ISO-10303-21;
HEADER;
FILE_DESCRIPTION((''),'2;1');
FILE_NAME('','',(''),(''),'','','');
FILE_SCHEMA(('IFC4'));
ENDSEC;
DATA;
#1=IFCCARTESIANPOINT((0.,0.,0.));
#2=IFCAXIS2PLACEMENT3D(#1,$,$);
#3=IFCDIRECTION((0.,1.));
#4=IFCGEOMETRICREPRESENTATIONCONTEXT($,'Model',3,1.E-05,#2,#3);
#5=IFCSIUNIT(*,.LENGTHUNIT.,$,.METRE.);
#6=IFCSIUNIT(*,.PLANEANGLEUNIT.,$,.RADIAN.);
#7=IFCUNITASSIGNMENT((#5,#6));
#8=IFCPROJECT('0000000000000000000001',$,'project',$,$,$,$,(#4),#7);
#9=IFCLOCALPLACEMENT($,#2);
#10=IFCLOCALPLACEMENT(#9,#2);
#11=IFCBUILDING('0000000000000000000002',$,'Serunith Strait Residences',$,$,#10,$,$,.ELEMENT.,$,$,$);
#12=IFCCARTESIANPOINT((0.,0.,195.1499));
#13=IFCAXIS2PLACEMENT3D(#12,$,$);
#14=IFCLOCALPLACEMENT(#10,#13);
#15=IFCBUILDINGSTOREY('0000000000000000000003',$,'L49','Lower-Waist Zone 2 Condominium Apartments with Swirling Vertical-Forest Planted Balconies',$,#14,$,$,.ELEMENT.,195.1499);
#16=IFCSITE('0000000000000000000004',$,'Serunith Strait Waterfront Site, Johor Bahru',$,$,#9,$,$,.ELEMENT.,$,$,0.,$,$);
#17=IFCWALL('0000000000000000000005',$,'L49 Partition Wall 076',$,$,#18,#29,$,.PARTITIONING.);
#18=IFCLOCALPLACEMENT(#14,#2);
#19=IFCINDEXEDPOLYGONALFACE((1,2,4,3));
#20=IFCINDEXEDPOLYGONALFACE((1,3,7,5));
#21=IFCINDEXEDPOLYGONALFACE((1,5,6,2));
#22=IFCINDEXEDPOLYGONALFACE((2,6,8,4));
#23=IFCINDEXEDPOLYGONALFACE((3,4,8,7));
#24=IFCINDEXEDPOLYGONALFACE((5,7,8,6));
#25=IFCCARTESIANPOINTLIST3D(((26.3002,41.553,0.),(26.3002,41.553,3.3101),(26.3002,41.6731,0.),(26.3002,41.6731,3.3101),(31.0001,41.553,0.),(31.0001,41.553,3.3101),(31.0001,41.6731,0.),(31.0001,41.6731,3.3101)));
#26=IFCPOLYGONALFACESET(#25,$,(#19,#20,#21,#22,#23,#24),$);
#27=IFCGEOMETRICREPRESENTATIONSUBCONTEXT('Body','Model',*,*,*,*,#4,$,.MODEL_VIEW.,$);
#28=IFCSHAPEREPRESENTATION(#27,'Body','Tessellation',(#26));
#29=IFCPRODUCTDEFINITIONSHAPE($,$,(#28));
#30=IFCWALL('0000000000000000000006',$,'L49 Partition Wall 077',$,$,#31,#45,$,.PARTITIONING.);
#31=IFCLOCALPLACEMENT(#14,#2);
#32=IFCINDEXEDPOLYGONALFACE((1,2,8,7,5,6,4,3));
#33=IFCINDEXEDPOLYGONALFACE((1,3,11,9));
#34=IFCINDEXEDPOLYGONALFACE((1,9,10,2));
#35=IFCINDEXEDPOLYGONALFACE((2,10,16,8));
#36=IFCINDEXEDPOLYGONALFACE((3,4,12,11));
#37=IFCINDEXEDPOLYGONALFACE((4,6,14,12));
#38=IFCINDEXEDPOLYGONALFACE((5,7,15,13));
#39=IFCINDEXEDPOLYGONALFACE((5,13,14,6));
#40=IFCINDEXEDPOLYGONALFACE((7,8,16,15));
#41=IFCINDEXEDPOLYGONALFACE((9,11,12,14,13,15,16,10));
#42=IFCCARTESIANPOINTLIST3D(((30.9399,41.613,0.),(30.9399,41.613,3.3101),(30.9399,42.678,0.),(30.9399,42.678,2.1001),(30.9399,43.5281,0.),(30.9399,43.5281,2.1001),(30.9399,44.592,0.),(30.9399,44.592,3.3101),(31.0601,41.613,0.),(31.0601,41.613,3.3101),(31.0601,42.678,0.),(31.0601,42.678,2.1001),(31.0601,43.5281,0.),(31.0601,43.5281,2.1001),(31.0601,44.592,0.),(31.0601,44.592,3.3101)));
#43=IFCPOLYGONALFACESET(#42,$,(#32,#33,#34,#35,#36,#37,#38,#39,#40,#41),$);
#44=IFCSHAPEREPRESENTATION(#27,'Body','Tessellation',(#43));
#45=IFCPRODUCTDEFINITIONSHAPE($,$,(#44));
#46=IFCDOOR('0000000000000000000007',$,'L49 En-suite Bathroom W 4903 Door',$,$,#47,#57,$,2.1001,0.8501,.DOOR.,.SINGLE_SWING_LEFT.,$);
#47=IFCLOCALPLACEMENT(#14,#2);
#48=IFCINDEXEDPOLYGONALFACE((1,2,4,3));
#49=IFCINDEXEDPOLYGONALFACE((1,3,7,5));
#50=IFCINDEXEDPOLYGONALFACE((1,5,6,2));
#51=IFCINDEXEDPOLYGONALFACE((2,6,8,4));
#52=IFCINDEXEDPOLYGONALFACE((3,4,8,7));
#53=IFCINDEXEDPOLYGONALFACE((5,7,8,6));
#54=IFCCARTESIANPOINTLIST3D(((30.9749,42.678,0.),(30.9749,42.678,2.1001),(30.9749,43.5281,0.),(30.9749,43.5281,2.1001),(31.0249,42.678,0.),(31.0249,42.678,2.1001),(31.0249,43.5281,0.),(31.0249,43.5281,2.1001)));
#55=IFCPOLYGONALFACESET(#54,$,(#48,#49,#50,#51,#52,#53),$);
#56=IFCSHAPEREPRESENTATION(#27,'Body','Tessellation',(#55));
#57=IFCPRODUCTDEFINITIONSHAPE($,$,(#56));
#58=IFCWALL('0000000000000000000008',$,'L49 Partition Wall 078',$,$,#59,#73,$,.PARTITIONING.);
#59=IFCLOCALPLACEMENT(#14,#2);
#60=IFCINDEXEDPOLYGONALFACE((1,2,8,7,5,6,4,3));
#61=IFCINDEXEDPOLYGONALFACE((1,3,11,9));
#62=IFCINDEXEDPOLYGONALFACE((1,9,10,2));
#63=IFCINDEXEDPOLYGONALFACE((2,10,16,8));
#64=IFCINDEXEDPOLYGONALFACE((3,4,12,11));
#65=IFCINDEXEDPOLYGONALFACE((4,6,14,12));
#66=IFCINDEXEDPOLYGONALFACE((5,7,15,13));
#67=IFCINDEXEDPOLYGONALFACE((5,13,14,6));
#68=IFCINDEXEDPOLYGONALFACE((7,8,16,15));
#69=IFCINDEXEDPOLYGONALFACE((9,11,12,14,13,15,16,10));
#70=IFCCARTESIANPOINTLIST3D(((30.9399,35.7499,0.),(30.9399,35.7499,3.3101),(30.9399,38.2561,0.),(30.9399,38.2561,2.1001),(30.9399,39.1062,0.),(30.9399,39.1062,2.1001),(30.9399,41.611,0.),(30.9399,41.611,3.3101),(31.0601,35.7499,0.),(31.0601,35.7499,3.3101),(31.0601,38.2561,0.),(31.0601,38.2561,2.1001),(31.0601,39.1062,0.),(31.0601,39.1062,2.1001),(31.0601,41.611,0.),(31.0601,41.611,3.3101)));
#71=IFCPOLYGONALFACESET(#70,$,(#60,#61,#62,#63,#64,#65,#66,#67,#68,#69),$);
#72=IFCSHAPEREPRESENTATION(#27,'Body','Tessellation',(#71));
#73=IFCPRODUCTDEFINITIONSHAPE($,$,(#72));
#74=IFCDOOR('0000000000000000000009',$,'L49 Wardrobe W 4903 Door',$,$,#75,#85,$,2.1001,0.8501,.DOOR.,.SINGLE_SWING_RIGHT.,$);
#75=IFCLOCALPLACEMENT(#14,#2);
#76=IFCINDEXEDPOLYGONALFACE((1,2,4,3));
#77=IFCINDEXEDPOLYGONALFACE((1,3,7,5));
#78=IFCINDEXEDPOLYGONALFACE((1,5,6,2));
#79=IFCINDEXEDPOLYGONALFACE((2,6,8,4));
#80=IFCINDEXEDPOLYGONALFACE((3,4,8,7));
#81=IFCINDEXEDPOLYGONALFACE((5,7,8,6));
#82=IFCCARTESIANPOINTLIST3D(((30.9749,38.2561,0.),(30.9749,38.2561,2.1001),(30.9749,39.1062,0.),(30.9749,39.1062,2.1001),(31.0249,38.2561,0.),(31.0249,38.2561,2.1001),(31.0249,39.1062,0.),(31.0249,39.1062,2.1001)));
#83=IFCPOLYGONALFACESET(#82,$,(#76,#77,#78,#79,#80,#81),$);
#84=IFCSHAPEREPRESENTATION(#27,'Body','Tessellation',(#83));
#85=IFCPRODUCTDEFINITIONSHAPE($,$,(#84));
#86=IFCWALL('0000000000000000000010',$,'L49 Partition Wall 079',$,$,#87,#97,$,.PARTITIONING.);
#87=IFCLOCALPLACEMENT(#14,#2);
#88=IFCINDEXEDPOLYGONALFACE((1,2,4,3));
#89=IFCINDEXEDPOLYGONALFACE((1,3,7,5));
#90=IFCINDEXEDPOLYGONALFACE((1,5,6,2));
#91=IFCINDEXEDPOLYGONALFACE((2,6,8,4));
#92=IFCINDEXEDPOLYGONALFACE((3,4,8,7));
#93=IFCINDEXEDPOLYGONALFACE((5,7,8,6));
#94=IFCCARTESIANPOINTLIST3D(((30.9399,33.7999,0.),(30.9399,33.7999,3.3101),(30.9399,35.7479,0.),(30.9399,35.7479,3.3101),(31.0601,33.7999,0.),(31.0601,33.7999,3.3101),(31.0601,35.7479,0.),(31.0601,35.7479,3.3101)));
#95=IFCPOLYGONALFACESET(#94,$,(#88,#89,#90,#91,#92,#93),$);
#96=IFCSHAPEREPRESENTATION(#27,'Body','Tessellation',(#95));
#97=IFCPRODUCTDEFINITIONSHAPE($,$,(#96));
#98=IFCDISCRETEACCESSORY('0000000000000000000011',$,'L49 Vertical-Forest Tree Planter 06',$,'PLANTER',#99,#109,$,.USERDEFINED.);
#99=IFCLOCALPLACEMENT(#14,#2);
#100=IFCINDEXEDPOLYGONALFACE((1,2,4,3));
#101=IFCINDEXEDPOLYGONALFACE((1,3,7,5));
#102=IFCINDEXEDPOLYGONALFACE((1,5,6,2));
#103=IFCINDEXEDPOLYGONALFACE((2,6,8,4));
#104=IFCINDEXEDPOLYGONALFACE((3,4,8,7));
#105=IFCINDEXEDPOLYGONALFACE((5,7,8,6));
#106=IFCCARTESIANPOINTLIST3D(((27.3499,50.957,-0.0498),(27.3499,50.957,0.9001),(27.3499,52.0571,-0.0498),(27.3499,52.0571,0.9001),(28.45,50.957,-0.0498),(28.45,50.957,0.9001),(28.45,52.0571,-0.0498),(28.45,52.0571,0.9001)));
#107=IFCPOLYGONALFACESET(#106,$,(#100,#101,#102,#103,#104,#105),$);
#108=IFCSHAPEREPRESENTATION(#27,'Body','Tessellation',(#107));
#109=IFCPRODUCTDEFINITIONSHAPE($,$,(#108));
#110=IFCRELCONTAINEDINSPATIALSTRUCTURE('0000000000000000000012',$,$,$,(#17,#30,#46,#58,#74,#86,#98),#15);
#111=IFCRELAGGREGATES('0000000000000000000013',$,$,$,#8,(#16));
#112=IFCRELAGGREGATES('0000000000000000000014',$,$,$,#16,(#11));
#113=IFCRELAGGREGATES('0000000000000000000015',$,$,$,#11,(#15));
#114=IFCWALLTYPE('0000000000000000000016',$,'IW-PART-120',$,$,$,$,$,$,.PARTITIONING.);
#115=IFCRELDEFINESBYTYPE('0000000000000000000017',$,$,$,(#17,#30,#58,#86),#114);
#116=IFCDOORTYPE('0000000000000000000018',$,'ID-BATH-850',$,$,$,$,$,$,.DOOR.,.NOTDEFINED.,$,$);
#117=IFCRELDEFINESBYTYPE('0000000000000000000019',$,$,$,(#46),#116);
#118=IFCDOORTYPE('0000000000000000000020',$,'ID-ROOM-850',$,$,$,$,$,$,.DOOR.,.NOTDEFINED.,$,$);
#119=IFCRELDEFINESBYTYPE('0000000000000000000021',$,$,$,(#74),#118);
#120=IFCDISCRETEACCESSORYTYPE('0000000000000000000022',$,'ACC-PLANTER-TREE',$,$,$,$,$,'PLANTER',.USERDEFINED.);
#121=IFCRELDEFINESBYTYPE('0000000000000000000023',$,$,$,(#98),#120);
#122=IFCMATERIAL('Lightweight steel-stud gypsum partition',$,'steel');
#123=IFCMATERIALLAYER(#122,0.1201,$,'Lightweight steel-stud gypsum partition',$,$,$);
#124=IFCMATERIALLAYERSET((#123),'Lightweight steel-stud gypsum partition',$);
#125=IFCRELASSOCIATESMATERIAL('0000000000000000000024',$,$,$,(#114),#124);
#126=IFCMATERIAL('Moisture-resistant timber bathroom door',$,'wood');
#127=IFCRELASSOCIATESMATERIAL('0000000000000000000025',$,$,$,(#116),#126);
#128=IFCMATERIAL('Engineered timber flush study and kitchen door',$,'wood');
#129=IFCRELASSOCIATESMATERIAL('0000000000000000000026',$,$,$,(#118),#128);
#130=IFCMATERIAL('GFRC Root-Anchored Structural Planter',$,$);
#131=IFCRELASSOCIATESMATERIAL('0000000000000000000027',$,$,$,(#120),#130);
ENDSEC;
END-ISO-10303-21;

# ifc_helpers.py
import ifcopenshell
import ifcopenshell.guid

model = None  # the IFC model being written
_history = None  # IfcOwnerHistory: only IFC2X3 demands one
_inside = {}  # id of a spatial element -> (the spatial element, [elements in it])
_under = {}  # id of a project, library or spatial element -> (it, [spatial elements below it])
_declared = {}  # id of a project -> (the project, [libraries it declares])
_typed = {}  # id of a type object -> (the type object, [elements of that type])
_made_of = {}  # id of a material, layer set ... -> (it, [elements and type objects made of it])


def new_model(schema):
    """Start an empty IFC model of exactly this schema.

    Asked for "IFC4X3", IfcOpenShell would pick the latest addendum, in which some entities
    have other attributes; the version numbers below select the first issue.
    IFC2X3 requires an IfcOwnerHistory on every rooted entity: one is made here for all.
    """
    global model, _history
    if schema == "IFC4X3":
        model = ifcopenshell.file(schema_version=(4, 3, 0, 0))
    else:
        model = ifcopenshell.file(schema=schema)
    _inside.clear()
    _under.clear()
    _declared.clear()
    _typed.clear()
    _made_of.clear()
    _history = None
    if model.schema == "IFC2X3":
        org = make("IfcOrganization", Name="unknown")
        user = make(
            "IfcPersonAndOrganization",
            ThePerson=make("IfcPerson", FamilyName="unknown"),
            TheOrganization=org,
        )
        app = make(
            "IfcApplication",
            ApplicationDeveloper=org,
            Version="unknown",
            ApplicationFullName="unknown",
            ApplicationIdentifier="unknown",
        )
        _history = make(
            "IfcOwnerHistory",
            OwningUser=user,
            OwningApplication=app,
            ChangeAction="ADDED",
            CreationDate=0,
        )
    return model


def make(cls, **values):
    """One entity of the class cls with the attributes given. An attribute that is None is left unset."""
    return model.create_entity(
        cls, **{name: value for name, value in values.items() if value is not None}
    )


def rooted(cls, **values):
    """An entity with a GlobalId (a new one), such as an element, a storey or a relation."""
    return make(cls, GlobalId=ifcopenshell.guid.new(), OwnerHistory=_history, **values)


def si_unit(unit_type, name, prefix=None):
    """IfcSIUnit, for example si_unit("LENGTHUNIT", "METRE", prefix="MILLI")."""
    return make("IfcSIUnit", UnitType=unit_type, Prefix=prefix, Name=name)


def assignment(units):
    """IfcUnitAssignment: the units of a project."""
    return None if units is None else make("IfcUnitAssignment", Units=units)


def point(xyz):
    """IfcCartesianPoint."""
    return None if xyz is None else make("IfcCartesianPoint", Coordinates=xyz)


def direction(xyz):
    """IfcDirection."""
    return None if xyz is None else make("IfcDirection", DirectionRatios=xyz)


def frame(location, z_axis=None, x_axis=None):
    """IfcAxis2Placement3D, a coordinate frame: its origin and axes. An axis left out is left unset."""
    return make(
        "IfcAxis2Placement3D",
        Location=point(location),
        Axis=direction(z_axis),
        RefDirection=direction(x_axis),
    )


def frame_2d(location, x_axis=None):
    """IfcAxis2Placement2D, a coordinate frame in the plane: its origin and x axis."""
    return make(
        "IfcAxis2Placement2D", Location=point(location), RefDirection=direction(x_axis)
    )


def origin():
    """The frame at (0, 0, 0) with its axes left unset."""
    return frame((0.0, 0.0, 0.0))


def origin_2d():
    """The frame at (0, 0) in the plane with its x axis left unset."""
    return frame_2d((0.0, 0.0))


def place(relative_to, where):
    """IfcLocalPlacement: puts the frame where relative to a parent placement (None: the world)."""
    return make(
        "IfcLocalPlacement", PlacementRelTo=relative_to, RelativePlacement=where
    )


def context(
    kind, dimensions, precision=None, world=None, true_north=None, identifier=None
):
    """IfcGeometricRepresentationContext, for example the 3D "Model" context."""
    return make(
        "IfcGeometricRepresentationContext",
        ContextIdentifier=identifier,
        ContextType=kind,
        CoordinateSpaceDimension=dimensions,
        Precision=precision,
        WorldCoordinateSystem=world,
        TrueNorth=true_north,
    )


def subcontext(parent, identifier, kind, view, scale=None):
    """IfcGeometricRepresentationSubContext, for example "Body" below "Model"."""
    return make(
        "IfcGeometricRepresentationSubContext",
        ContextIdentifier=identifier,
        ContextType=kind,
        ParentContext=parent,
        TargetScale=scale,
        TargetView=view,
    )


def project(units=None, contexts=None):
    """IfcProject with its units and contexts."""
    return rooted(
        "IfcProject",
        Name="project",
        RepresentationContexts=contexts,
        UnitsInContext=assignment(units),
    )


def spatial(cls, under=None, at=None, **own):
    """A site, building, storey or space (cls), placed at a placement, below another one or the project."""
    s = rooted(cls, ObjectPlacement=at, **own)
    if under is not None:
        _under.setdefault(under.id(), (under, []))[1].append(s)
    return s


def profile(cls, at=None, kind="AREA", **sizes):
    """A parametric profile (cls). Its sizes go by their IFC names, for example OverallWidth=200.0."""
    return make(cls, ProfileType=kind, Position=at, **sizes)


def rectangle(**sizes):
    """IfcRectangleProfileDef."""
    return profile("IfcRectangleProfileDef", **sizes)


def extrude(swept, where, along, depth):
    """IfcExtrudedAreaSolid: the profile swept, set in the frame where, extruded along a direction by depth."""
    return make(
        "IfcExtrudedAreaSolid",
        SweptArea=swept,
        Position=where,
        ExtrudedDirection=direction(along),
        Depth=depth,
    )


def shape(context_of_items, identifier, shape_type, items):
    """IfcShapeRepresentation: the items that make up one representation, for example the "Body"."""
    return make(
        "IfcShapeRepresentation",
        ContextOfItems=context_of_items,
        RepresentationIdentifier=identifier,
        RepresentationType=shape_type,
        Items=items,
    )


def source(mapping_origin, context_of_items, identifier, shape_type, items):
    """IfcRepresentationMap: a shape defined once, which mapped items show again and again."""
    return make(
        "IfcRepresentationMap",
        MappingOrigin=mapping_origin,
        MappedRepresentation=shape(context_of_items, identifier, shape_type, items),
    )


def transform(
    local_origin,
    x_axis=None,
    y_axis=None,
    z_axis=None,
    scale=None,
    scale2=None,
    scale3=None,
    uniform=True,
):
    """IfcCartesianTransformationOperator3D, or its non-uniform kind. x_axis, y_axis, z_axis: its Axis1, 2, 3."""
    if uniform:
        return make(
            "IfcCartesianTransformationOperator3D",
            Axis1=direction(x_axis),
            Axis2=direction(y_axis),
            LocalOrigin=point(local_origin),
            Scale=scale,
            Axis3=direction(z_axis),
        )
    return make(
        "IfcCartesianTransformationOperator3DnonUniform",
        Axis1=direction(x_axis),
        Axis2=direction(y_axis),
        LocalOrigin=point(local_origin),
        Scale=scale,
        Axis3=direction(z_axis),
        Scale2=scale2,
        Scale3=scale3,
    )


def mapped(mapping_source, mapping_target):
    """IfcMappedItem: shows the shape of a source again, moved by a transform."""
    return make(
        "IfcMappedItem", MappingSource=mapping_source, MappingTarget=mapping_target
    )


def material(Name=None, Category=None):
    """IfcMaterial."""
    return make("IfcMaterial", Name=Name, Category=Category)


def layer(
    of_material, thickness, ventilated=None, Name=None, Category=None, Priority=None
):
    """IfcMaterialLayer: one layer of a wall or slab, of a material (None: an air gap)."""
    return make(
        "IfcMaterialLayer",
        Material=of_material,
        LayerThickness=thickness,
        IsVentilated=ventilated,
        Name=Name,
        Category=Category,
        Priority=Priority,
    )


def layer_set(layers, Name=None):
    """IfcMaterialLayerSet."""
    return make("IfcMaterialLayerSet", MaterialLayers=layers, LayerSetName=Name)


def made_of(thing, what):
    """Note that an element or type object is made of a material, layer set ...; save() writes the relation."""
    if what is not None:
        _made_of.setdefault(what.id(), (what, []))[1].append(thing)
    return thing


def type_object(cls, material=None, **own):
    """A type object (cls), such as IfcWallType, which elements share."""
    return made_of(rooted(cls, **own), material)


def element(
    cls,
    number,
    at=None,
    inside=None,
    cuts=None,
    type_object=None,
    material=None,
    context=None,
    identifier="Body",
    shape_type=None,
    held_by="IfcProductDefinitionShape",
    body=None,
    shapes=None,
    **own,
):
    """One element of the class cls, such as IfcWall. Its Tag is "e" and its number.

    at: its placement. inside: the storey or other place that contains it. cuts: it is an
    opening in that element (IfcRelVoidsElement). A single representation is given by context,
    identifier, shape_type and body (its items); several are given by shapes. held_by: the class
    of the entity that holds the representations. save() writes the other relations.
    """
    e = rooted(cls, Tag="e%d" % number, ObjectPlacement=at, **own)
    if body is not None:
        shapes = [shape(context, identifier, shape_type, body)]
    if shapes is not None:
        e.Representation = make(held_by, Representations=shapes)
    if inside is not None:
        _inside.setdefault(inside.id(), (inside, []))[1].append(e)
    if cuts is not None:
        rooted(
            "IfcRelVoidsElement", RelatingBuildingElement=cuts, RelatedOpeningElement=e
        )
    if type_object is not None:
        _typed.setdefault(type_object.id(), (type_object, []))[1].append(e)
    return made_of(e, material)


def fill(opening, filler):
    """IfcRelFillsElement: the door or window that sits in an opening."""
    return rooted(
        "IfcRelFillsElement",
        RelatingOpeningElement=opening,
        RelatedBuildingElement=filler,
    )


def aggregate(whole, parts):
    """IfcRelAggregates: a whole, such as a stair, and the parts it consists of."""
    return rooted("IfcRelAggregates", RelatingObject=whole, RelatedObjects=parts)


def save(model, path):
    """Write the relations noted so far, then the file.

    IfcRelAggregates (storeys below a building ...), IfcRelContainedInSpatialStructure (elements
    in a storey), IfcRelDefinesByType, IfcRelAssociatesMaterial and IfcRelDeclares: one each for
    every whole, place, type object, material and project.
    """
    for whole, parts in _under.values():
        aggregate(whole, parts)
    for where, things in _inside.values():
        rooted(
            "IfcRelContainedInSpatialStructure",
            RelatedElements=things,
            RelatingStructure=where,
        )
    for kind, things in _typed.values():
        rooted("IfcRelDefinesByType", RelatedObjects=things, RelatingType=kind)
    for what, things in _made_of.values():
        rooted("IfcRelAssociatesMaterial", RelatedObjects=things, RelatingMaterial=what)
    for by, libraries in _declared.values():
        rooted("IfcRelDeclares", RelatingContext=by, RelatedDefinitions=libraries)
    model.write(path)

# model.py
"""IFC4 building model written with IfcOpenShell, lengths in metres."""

from ifc_helpers import new_model, si_unit, direction, frame, frame_2d, origin, origin_2d, place, context, subcontext, project, spatial, rectangle, extrude, source, transform, mapped, material, layer, layer_set, type_object, element, fill, save


model = new_model("IFC4")

# Units and contexts
model_context = context("Model", 3, precision=1e-05, world=origin(), true_north=direction((0.0, 1.0)))
body_context = subcontext(model_context, "Body", "Model", "MODEL_VIEW")
ifc_project = project(units=[si_unit("LENGTHUNIT", "METRE"), si_unit("PLANEANGLEUNIT", "RADIAN")], contexts=[model_context])

# Site, building, storey
site_placement = place(None, origin())
site = spatial("IfcSite", under=ifc_project, at=site_placement, Name="Serunith Strait Waterfront Site, Johor Bahru", CompositionType="ELEMENT", RefElevation=0.0)
building_placement = place(site_placement, origin())
building = spatial("IfcBuilding", under=site, at=building_placement, Name="Serunith Strait Residences", CompositionType="ELEMENT")
storey_placement = place(building_placement, frame((0.0, 0.0, 195.1499)))
storey = spatial("IfcBuildingStorey", under=building, at=storey_placement, Name="L49", Description="Lower-Waist Zone 2 Condominium Apartments with Swirling Vertical-Forest Planted Balconies", CompositionType="ELEMENT", Elevation=195.1499)

# Shared definitions
ifc_material_1 = material(Name="Lightweight steel-stud gypsum partition", Category="steel")
ifc_layer_1 = layer(ifc_material_1, 0.1201, Name="Lightweight steel-stud gypsum partition")
ifc_layer_set_1 = layer_set([ifc_layer_1], Name="Lightweight steel-stud gypsum partition")
wall_type_1 = type_object("IfcWallType", Name="IW-PART-120", PredefinedType="PARTITIONING", material=ifc_layer_set_1)

# Wall
wall_1_placement = place(storey_placement, frame((26.3, 41.613, 0.0), z_axis=(0.0, 0.0, 1.0), x_axis=(1.0, 0.0, 0.0)))
element("IfcWall", 1, at=wall_1_placement, inside=storey, type_object=wall_type_1, Name="L49 Partition Wall 076", PredefinedType="PARTITIONING", context=body_context, shape_type="SweptSolid", body=[
    extrude(rectangle(XDim=4.7, YDim=0.1201, at=frame_2d((2.3501, 0.0))), origin(), (0.0, 0.0, 1.0), 3.3101),
])

# Walls, openings, doors
wall_2_placement = place(storey_placement, frame((31.0, 44.592, 0.0), z_axis=(0.0, 0.0, 1.0), x_axis=(0.0, -1.0, 0.0)))
wall_2 = element("IfcWall", 2, at=wall_2_placement, inside=storey, type_object=wall_type_1, Name="L49 Partition Wall 077", PredefinedType="PARTITIONING", context=body_context, shape_type="SweptSolid", body=[
    extrude(rectangle(XDim=2.979, YDim=0.1201, at=frame_2d((1.4895, 0.0))), origin(), (0.0, 0.0, 1.0), 3.3101),
])
opening_1_placement = place(wall_2_placement, frame((1.064, 0.0, 0.0)))
opening_1 = element("IfcOpeningElement", 3, at=opening_1_placement, cuts=wall_2, PredefinedType="OPENING", context=body_context, shape_type="SweptSolid", body=[
    extrude(rectangle(XDim=0.8501, YDim=2.1001, at=frame_2d((0.425, 1.05))), frame((0.0, 0.0701, 0.0), z_axis=(0.0, -1.0, 0.0), x_axis=(1.0, 0.0, 0.0)), (0.0, 0.0, 1.0), 0.1401),
])
ifc_material_2 = material(Name="Moisture-resistant timber bathroom door", Category="wood")
door_type_1 = type_object("IfcDoorType", Name="ID-BATH-850", OperationType="NOTDEFINED", PredefinedType="DOOR", material=ifc_material_2)
shared_shape_1 = source(origin(), body_context, "Body", "SweptSolid", [
    extrude(rectangle(XDim=0.8501, YDim=2.1001, at=frame_2d((0.425, 1.05))), frame((0.0, 0.0249, 0.0), z_axis=(0.0, -1.0, 0.0), x_axis=(1.0, 0.0, 0.0)), (0.0, 0.0, 1.0), 0.05),
])
door_1_placement = place(opening_1_placement, origin())
door_1 = element("IfcDoor", 4, at=door_1_placement, inside=storey, type_object=door_type_1, Name="L49 En-suite Bathroom W 4903 Door", OperationType="SINGLE_SWING_LEFT", OverallHeight=2.1001, OverallWidth=0.8501, PredefinedType="DOOR", context=body_context, shape_type="MappedRepresentation", body=[
    mapped(shared_shape_1, transform((0.0, 0.0, 0.0), scale=1.0)),
])
fill(opening_1, door_1)
wall_3_placement = place(storey_placement, frame((31.0, 41.6111, 0.0), z_axis=(0.0, 0.0, 1.0), x_axis=(0.0, -1.0, 0.0)))
wall_3 = element("IfcWall", 5, at=wall_3_placement, inside=storey, type_object=wall_type_1, Name="L49 Partition Wall 078", PredefinedType="PARTITIONING", context=body_context, shape_type="SweptSolid", body=[
    extrude(rectangle(XDim=5.8611, YDim=0.1201, at=frame_2d((2.9307, 0.0))), origin(), (0.0, 0.0, 1.0), 3.3101),
])
opening_2_placement = place(wall_3_placement, frame((2.5049, 0.0, 0.0)))
opening_2 = element("IfcOpeningElement", 6, at=opening_2_placement, cuts=wall_3, PredefinedType="OPENING", context=body_context, shape_type="SweptSolid", body=[
    extrude(rectangle(XDim=0.8501, YDim=2.1001, at=frame_2d((0.425, 1.05))), frame((0.0, 0.0701, 0.0), z_axis=(0.0, -1.0, 0.0), x_axis=(1.0, 0.0, 0.0)), (0.0, 0.0, 1.0), 0.1401),
])
ifc_material_3 = material(Name="Engineered timber flush study and kitchen door", Category="wood")
door_type_2 = type_object("IfcDoorType", Name="ID-ROOM-850", OperationType="NOTDEFINED", PredefinedType="DOOR", material=ifc_material_3)
door_2_placement = place(opening_2_placement, origin())
door_2 = element("IfcDoor", 7, at=door_2_placement, inside=storey, type_object=door_type_2, Name="L49 Wardrobe W 4903 Door", OperationType="SINGLE_SWING_RIGHT", OverallHeight=2.1001, OverallWidth=0.8501, PredefinedType="DOOR", context=body_context, shape_type="MappedRepresentation", body=[
    mapped(shared_shape_1, transform((0.0, 0.0, 0.0), scale=1.0)),
])
fill(opening_2, door_2)

# Wall
wall_4_placement = place(storey_placement, frame((31.0, 35.748, 0.0), z_axis=(0.0, 0.0, 1.0), x_axis=(0.0, -1.0, 0.0)))
element("IfcWall", 8, at=wall_4_placement, inside=storey, type_object=wall_type_1, Name="L49 Partition Wall 079", PredefinedType="PARTITIONING", context=body_context, shape_type="SweptSolid", body=[
    extrude(rectangle(XDim=1.948, YDim=0.1201, at=frame_2d((0.9741, 0.0))), origin(), (0.0, 0.0, 1.0), 3.3101),
])

# Discrete accessory
ifc_material_4 = material(Name="GFRC Root-Anchored Structural Planter")
discrete_accessory_type = type_object("IfcDiscreteAccessoryType", Name="ACC-PLANTER-TREE", ElementType="PLANTER", PredefinedType="USERDEFINED", material=ifc_material_4)
shared_shape_2 = source(origin(), body_context, "Body", "SweptSolid", [
    extrude(rectangle(XDim=1.1001, YDim=1.1001, at=origin_2d()), origin(), (0.0, 0.0, 1.0), 0.95),
])
discrete_accessory_placement = place(storey_placement, frame((27.8999, 51.5071, -0.0498), z_axis=(0.0, 0.0, 1.0), x_axis=(-1.0, 0.0, 0.0)))
element("IfcDiscreteAccessory", 9, at=discrete_accessory_placement, inside=storey, type_object=discrete_accessory_type, Name="L49 Vertical-Forest Tree Planter 06", ObjectType="PLANTER", PredefinedType="USERDEFINED", context=body_context, shape_type="MappedRepresentation", body=[
    mapped(shared_shape_2, transform((0.0, 0.0, 0.0), scale=1.0)),
])

save(model, "model.ifc")
